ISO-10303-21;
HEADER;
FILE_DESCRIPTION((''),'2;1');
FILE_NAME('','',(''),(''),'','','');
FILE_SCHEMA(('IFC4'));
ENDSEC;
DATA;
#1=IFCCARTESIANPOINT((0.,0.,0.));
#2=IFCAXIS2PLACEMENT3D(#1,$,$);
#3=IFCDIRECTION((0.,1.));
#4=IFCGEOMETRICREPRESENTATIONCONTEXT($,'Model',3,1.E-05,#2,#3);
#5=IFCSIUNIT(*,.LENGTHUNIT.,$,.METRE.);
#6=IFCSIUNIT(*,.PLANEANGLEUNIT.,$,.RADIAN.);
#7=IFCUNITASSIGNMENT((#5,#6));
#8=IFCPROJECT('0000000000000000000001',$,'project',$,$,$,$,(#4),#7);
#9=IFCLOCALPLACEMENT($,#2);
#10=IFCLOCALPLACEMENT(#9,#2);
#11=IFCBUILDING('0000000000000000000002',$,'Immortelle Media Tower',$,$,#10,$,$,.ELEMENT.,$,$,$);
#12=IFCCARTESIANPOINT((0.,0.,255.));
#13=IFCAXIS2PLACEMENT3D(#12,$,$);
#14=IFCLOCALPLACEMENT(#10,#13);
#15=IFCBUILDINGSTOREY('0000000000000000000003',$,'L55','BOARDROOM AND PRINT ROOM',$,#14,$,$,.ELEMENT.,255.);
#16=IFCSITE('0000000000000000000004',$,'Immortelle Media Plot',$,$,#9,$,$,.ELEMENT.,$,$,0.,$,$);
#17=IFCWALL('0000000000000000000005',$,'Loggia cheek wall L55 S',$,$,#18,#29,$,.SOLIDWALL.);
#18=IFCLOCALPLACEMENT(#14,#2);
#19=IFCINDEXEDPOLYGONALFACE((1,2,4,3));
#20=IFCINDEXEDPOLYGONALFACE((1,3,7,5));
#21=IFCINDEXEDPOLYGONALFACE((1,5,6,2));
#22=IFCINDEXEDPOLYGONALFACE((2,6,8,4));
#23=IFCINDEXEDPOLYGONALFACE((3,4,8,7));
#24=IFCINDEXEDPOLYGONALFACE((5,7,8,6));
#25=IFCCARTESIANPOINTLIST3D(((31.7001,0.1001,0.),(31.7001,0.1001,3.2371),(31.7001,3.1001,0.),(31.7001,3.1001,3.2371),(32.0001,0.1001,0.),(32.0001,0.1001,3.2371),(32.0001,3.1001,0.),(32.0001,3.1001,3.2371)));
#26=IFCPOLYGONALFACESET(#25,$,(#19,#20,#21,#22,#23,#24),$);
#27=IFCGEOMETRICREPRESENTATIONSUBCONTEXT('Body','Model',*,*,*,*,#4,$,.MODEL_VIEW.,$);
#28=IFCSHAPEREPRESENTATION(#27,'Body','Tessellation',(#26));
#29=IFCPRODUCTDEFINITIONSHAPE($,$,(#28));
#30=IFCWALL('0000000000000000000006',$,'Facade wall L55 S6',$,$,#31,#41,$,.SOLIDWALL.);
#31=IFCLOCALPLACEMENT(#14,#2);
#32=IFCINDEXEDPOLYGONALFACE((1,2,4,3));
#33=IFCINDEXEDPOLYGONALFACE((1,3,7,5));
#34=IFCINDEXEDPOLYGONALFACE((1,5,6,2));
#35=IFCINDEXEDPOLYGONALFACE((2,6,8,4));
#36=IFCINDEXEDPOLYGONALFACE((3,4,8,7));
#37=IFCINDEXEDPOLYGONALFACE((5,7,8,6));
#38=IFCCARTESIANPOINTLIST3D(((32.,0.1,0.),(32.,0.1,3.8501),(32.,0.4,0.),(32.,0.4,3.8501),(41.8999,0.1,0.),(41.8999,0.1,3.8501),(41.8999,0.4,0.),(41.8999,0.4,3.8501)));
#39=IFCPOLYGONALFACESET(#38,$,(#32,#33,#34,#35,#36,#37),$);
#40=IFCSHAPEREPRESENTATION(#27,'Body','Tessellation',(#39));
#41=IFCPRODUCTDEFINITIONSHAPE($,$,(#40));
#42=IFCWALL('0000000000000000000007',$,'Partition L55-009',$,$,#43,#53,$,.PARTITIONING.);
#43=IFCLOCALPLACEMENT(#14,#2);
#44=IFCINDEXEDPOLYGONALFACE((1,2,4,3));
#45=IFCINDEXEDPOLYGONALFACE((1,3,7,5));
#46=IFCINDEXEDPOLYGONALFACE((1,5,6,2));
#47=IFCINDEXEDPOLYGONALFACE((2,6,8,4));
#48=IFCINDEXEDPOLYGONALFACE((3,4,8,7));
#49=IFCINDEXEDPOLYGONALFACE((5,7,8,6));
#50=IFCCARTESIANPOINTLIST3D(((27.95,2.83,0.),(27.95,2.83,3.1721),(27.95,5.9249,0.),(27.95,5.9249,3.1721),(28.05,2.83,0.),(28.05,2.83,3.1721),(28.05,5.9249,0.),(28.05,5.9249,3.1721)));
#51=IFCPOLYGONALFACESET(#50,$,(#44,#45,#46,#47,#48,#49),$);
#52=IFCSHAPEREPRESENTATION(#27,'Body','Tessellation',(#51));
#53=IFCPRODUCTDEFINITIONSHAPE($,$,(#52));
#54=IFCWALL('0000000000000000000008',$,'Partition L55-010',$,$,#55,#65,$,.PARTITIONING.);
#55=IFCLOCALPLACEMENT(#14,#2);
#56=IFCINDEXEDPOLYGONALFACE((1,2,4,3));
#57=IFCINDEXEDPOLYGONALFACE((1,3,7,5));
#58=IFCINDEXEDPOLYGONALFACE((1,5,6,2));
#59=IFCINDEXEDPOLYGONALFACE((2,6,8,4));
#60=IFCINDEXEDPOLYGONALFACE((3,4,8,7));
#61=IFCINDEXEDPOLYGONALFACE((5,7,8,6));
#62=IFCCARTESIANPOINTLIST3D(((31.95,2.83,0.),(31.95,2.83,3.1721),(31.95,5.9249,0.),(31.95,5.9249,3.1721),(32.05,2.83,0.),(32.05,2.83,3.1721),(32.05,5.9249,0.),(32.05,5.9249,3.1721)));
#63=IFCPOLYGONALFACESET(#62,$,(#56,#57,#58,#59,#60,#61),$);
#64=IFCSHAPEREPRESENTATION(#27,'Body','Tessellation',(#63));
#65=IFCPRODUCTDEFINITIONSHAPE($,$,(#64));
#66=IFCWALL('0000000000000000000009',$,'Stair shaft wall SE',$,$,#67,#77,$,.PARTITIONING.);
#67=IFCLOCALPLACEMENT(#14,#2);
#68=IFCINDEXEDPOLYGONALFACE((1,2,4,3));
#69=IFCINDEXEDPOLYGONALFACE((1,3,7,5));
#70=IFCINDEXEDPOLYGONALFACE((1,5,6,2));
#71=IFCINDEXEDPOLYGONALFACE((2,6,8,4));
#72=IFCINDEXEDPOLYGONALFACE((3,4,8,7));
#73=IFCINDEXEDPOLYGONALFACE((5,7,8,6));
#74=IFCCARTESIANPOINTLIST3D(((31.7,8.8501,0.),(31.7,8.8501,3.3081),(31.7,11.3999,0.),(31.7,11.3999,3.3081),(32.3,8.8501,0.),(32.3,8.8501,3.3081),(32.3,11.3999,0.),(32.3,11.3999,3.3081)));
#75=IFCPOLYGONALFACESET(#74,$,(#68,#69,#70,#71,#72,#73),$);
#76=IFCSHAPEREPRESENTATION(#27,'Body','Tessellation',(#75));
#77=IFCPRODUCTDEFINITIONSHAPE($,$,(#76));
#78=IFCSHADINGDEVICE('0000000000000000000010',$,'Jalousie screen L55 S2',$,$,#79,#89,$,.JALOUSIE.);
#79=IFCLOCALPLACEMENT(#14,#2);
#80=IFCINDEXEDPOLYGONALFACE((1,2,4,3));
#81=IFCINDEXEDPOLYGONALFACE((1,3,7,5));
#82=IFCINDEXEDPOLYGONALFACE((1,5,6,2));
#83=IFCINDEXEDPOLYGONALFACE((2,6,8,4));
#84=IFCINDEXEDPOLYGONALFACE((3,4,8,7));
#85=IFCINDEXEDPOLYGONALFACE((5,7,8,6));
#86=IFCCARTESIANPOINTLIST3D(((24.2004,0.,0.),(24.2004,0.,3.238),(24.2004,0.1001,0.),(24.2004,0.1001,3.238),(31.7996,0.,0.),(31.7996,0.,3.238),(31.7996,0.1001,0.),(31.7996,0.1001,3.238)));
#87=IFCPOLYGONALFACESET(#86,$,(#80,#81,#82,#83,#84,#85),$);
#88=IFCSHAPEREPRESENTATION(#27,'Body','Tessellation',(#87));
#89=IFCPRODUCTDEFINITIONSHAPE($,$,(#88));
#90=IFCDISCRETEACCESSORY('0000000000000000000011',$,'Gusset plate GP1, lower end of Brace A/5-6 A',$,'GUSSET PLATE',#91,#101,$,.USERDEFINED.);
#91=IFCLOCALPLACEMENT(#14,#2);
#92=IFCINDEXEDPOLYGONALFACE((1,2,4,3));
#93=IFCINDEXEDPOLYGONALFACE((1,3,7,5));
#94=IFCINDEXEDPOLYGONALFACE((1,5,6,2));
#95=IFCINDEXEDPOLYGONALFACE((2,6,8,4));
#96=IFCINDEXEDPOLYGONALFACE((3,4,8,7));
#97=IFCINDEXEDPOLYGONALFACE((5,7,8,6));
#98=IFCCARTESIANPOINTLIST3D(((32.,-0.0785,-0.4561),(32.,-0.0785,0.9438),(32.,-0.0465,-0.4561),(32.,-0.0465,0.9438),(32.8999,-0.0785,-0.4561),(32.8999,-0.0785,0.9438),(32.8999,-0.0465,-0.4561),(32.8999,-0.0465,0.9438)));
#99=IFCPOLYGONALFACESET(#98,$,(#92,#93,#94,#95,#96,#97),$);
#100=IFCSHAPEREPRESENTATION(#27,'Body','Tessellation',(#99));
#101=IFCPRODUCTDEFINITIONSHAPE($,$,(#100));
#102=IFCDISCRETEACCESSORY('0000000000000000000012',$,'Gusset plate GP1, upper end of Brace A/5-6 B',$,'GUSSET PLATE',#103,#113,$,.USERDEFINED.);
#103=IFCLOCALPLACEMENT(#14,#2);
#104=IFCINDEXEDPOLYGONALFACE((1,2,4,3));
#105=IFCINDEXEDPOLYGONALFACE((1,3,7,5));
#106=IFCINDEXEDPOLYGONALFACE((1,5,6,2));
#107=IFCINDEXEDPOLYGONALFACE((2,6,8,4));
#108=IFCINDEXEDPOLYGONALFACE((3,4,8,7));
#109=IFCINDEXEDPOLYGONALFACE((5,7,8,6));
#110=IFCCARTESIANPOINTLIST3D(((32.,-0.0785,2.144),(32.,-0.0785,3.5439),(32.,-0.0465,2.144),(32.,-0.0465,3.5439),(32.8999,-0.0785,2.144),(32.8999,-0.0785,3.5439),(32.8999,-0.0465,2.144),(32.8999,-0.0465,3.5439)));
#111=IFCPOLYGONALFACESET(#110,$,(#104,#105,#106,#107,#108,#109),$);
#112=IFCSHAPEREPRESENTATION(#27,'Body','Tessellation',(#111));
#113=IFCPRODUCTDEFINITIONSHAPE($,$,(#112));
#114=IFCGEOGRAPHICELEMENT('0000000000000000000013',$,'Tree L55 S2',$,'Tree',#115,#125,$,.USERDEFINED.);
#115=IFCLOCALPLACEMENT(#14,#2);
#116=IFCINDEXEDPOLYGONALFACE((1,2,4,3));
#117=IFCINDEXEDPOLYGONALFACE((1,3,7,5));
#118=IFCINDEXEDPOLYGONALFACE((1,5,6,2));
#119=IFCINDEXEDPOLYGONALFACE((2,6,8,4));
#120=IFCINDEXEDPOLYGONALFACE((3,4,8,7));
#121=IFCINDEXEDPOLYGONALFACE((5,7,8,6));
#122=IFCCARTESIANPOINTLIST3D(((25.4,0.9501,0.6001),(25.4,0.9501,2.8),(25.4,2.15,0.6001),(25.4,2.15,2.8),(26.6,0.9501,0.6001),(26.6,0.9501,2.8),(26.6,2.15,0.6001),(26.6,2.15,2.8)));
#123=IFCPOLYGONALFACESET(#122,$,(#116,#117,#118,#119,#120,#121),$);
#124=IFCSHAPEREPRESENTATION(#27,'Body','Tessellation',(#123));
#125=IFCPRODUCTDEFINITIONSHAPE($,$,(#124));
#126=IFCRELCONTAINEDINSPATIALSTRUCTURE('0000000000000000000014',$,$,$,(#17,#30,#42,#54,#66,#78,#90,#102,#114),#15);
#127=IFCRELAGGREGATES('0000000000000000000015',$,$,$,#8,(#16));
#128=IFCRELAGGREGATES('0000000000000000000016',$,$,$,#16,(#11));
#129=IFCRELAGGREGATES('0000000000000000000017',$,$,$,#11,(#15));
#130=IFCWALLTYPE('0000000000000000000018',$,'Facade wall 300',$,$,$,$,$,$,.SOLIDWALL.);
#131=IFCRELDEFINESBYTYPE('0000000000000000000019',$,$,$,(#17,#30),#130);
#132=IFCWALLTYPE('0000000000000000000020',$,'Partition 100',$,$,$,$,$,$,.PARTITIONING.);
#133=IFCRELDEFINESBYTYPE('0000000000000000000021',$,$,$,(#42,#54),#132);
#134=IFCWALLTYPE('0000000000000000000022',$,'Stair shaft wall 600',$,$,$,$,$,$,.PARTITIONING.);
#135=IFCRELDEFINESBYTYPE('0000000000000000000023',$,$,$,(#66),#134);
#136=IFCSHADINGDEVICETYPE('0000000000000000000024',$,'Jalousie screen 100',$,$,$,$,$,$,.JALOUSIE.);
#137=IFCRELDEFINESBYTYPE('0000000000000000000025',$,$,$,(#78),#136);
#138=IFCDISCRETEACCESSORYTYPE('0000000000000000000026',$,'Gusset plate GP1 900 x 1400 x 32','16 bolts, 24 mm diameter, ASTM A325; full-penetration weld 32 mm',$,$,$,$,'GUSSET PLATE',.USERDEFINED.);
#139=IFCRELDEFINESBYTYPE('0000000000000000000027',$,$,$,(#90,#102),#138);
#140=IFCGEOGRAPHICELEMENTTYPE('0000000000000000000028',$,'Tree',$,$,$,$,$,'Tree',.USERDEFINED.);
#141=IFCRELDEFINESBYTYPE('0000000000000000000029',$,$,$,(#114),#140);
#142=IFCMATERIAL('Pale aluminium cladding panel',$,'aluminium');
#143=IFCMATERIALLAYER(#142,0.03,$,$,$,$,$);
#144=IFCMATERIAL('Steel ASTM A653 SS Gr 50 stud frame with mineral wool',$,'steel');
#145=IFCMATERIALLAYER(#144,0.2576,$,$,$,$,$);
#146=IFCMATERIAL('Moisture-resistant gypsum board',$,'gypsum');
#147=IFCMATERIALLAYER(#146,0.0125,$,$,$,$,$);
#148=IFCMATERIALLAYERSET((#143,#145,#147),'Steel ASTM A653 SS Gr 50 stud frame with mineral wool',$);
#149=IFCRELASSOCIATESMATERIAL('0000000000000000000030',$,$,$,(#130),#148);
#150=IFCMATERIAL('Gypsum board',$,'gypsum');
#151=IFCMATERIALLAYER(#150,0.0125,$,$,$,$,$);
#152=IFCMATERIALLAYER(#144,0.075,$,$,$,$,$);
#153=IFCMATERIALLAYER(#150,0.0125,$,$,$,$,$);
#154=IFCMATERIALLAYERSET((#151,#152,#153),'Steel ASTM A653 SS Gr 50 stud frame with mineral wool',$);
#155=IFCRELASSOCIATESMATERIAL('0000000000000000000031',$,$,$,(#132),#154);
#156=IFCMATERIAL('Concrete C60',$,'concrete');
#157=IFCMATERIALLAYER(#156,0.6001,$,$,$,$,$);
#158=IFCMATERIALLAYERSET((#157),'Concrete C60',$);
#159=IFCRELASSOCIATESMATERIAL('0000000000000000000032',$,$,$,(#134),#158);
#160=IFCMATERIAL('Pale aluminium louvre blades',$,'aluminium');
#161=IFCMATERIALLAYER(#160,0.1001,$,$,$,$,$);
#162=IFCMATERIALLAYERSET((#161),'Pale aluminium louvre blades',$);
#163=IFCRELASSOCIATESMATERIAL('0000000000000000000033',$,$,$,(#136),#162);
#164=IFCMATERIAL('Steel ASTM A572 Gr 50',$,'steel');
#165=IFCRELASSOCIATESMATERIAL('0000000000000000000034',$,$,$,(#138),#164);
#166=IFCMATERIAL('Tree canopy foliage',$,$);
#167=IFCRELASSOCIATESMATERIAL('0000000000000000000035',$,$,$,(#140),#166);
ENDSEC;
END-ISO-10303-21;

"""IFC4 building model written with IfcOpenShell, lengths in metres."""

from ifc_helpers import new_model, si_unit, direction, frame, frame_2d, origin, origin_2d, place, context, subcontext, project, spatial, rectangle, extrude, material, layer, layer_set, material_profile, profile_set, type_object, element, save


model = new_model("IFC4")

# Units and contexts
model_context = context("Model", 3, precision=1e-05, world=origin(), true_north=direction((0.0, 1.0)))
body_context = subcontext(model_context, "Body", "Model", "MODEL_VIEW")
ifc_project = project(units=[si_unit("LENGTHUNIT", "METRE"), si_unit("PLANEANGLEUNIT", "RADIAN")], contexts=[model_context])

# Site, building, storey
site_placement = place(None, origin())
site = spatial("IfcSite", under=ifc_project, at=site_placement, Name="Immortelle Media Plot", CompositionType="ELEMENT", RefElevation=0.0)
building_placement = place(site_placement, origin())
building = spatial("IfcBuilding", under=site, at=building_placement, Name="Immortelle Media Tower", CompositionType="ELEMENT")
storey_placement = place(building_placement, frame((0.0, 0.0, 255.0)))
storey = spatial("IfcBuildingStorey", under=building, at=storey_placement, Name="L55", Description="BOARDROOM AND PRINT ROOM", CompositionType="ELEMENT", Elevation=255.0)

# Walls
ifc_material_1 = material(Name="Steel ASTM A653 SS Gr 50 stud frame with mineral wool", Category="steel")
ifc_material_2 = material(Name="Pale aluminium cladding panel", Category="aluminium")
ifc_layer_1 = layer(ifc_material_2, 0.03)
ifc_layer_2 = layer(ifc_material_1, 0.2576)
ifc_material_3 = material(Name="Moisture-resistant gypsum board", Category="gypsum")
ifc_layer_3 = layer(ifc_material_3, 0.0125)
ifc_layer_set_1 = layer_set([ifc_layer_1, ifc_layer_2, ifc_layer_3], Name="Steel ASTM A653 SS Gr 50 stud frame with mineral wool")
wall_type_1 = type_object("IfcWallType", Name="Facade wall 300", PredefinedType="SOLIDWALL", material=ifc_layer_set_1)
wall_1_placement = place(storey_placement, frame((31.8501, 0.1001, 0.0), z_axis=(0.0, 0.0, 1.0), x_axis=(0.0, 1.0, 0.0)))
element("IfcWall", 1, at=wall_1_placement, inside=storey, type_object=wall_type_1, Name="Loggia cheek wall L55 S", PredefinedType="SOLIDWALL", context=body_context, shape_type="SweptSolid", body=[
    extrude(rectangle(XDim=3.0, YDim=0.3, at=frame_2d((1.5, 0.0))), origin(), (0.0, 0.0, 1.0), 3.2371),
])
wall_2_placement = place(storey_placement, frame((32.0, 0.25, 0.0), z_axis=(0.0, 0.0, 1.0), x_axis=(1.0, 0.0, 0.0)))
element("IfcWall", 2, at=wall_2_placement, inside=storey, type_object=wall_type_1, Name="Facade wall L55 S6", PredefinedType="SOLIDWALL", context=body_context, shape_type="SweptSolid", body=[
    extrude(rectangle(XDim=9.8999, YDim=0.3, at=frame_2d((4.95, 0.0))), origin(), (0.0, 0.0, 1.0), 3.8501),
])
ifc_material_4 = material(Name="Gypsum board", Category="gypsum")
ifc_layer_4 = layer(ifc_material_4, 0.0125)
ifc_layer_5 = layer(ifc_material_1, 0.075)
ifc_layer_6 = layer(ifc_material_4, 0.0125)
ifc_layer_set_2 = layer_set([ifc_layer_4, ifc_layer_5, ifc_layer_6], Name="Steel ASTM A653 SS Gr 50 stud frame with mineral wool")
wall_type_2 = type_object("IfcWallType", Name="Partition 100", PredefinedType="PARTITIONING", material=ifc_layer_set_2)
for number, where, z_axis, x_axis, name in (
    (3, (28.0, 2.8301, 0.0), (0.0, 0.0, 1.0), (0.0, 1.0, 0.0), "Partition L55-009"),
    (4, (32.0, 2.8301, 0.0), (0.0, 0.0, 1.0), (0.0, 1.0, 0.0), "Partition L55-010"),
):
    element("IfcWall", number, at=place(storey_placement, frame(where, z_axis=z_axis, x_axis=x_axis)), inside=storey, type_object=wall_type_2, Name=name, PredefinedType="PARTITIONING", context=body_context, shape_type="SweptSolid", body=[
        extrude(rectangle(XDim=3.095, YDim=0.1001, at=frame_2d((1.5474, 0.0))), origin(), (0.0, 0.0, 1.0), 3.1721),
    ])
ifc_material_5 = material(Name="Concrete C60", Category="concrete")
ifc_layer_7 = layer(ifc_material_5, 0.6001)
ifc_layer_set_3 = layer_set([ifc_layer_7], Name="Concrete C60")
wall_type_3 = type_object("IfcWallType", Name="Stair shaft wall 600", PredefinedType="PARTITIONING", material=ifc_layer_set_3)
wall_3_placement = place(storey_placement, frame((32.0, 8.8501, 0.0), z_axis=(0.0, 0.0, 1.0), x_axis=(0.0, 1.0, 0.0)))
element("IfcWall", 5, at=wall_3_placement, inside=storey, type_object=wall_type_3, Name="Stair shaft wall SE", PredefinedType="PARTITIONING", context=body_context, shape_type="SweptSolid", body=[
    extrude(rectangle(XDim=2.5498, YDim=0.6001, at=frame_2d((1.2749, 0.0))), origin(), (0.0, 0.0, 1.0), 3.3081),
])

# Shading device
ifc_material_6 = material(Name="Pale aluminium louvre blades", Category="aluminium")
ifc_layer_8 = layer(ifc_material_6, 0.1001)
ifc_layer_set_4 = layer_set([ifc_layer_8], Name="Pale aluminium louvre blades")
shading_device_type = type_object("IfcShadingDeviceType", Name="Jalousie screen 100", PredefinedType="JALOUSIE", material=ifc_layer_set_4)
shading_device_placement = place(storey_placement, frame((28.0, 0.05, 0.0), z_axis=(0.0, 0.0, 1.0), x_axis=(1.0, 0.0, 0.0)))
element("IfcShadingDevice", 6, at=shading_device_placement, inside=storey, type_object=shading_device_type, Name="Jalousie screen L55 S2", PredefinedType="JALOUSIE", context=body_context, shape_type="SweptSolid", body=[
    extrude(rectangle(XDim=7.5991, YDim=0.1001, at=origin_2d()), origin(), (0.0, 0.0, 1.0), 3.238),
])

# Discrete accessories
ifc_material_7 = material(Name="Steel ASTM A572 Gr 50", Category="steel")
ifc_material_profile_1 = material_profile(ifc_material_7, rectangle(XDim=0.032, YDim=1.3999, at=origin_2d()), Name="PL 32 x 1400")
ifc_profile_set_1 = profile_set([ifc_material_profile_1], Name="Steel ASTM A572 Gr 50")
discrete_accessory_type = type_object("IfcDiscreteAccessoryType", Name="Gusset plate GP1 900 x 1400 x 32", Description="16 bolts, 24 mm diameter, ASTM A325; full-penetration weld 32 mm", ElementType="GUSSET PLATE", PredefinedType="USERDEFINED", material=ifc_profile_set_1)
for number, where, z_axis, x_axis, name in (
    (7, (32.0, -0.0625, 0.2439), (1.0, 0.0, 0.0), (0.0, 1.0, 0.0), "Gusset plate GP1, lower end of Brace A/5-6 A"),
    (8, (32.0, -0.0625, 2.844), (1.0, 0.0, 0.0), (0.0, 1.0, 0.0), "Gusset plate GP1, upper end of Brace A/5-6 B"),
):
    element("IfcDiscreteAccessory", number, at=place(storey_placement, frame(where, z_axis=z_axis, x_axis=x_axis)), inside=storey, type_object=discrete_accessory_type, Name=name, ObjectType="GUSSET PLATE", PredefinedType="USERDEFINED", context=body_context, shape_type="SweptSolid", body=[
        extrude(rectangle(XDim=0.032, YDim=1.3999, at=origin_2d()), origin(), (0.0, 0.0, 1.0), 0.8999),
    ])

# Geographic element
ifc_material_8 = material(Name="Tree canopy foliage")
geographic_element_type = type_object("IfcGeographicElementType", Name="Tree", ElementType="Tree", PredefinedType="USERDEFINED", material=ifc_material_8)
geographic_element_placement = place(storey_placement, frame((26.0, 1.55, 0.6001), z_axis=(0.0, 0.0, 1.0), x_axis=(1.0, 0.0, 0.0)))
element("IfcGeographicElement", 9, at=geographic_element_placement, inside=storey, type_object=geographic_element_type, Name="Tree L55 S2", ObjectType="Tree", PredefinedType="USERDEFINED", context=body_context, shape_type="SweptSolid", body=[
    extrude(rectangle(XDim=1.2, YDim=1.2, at=origin_2d()), origin(), (0.0, 0.0, 1.0), 2.2),
])

save(model, "model.ifc")
